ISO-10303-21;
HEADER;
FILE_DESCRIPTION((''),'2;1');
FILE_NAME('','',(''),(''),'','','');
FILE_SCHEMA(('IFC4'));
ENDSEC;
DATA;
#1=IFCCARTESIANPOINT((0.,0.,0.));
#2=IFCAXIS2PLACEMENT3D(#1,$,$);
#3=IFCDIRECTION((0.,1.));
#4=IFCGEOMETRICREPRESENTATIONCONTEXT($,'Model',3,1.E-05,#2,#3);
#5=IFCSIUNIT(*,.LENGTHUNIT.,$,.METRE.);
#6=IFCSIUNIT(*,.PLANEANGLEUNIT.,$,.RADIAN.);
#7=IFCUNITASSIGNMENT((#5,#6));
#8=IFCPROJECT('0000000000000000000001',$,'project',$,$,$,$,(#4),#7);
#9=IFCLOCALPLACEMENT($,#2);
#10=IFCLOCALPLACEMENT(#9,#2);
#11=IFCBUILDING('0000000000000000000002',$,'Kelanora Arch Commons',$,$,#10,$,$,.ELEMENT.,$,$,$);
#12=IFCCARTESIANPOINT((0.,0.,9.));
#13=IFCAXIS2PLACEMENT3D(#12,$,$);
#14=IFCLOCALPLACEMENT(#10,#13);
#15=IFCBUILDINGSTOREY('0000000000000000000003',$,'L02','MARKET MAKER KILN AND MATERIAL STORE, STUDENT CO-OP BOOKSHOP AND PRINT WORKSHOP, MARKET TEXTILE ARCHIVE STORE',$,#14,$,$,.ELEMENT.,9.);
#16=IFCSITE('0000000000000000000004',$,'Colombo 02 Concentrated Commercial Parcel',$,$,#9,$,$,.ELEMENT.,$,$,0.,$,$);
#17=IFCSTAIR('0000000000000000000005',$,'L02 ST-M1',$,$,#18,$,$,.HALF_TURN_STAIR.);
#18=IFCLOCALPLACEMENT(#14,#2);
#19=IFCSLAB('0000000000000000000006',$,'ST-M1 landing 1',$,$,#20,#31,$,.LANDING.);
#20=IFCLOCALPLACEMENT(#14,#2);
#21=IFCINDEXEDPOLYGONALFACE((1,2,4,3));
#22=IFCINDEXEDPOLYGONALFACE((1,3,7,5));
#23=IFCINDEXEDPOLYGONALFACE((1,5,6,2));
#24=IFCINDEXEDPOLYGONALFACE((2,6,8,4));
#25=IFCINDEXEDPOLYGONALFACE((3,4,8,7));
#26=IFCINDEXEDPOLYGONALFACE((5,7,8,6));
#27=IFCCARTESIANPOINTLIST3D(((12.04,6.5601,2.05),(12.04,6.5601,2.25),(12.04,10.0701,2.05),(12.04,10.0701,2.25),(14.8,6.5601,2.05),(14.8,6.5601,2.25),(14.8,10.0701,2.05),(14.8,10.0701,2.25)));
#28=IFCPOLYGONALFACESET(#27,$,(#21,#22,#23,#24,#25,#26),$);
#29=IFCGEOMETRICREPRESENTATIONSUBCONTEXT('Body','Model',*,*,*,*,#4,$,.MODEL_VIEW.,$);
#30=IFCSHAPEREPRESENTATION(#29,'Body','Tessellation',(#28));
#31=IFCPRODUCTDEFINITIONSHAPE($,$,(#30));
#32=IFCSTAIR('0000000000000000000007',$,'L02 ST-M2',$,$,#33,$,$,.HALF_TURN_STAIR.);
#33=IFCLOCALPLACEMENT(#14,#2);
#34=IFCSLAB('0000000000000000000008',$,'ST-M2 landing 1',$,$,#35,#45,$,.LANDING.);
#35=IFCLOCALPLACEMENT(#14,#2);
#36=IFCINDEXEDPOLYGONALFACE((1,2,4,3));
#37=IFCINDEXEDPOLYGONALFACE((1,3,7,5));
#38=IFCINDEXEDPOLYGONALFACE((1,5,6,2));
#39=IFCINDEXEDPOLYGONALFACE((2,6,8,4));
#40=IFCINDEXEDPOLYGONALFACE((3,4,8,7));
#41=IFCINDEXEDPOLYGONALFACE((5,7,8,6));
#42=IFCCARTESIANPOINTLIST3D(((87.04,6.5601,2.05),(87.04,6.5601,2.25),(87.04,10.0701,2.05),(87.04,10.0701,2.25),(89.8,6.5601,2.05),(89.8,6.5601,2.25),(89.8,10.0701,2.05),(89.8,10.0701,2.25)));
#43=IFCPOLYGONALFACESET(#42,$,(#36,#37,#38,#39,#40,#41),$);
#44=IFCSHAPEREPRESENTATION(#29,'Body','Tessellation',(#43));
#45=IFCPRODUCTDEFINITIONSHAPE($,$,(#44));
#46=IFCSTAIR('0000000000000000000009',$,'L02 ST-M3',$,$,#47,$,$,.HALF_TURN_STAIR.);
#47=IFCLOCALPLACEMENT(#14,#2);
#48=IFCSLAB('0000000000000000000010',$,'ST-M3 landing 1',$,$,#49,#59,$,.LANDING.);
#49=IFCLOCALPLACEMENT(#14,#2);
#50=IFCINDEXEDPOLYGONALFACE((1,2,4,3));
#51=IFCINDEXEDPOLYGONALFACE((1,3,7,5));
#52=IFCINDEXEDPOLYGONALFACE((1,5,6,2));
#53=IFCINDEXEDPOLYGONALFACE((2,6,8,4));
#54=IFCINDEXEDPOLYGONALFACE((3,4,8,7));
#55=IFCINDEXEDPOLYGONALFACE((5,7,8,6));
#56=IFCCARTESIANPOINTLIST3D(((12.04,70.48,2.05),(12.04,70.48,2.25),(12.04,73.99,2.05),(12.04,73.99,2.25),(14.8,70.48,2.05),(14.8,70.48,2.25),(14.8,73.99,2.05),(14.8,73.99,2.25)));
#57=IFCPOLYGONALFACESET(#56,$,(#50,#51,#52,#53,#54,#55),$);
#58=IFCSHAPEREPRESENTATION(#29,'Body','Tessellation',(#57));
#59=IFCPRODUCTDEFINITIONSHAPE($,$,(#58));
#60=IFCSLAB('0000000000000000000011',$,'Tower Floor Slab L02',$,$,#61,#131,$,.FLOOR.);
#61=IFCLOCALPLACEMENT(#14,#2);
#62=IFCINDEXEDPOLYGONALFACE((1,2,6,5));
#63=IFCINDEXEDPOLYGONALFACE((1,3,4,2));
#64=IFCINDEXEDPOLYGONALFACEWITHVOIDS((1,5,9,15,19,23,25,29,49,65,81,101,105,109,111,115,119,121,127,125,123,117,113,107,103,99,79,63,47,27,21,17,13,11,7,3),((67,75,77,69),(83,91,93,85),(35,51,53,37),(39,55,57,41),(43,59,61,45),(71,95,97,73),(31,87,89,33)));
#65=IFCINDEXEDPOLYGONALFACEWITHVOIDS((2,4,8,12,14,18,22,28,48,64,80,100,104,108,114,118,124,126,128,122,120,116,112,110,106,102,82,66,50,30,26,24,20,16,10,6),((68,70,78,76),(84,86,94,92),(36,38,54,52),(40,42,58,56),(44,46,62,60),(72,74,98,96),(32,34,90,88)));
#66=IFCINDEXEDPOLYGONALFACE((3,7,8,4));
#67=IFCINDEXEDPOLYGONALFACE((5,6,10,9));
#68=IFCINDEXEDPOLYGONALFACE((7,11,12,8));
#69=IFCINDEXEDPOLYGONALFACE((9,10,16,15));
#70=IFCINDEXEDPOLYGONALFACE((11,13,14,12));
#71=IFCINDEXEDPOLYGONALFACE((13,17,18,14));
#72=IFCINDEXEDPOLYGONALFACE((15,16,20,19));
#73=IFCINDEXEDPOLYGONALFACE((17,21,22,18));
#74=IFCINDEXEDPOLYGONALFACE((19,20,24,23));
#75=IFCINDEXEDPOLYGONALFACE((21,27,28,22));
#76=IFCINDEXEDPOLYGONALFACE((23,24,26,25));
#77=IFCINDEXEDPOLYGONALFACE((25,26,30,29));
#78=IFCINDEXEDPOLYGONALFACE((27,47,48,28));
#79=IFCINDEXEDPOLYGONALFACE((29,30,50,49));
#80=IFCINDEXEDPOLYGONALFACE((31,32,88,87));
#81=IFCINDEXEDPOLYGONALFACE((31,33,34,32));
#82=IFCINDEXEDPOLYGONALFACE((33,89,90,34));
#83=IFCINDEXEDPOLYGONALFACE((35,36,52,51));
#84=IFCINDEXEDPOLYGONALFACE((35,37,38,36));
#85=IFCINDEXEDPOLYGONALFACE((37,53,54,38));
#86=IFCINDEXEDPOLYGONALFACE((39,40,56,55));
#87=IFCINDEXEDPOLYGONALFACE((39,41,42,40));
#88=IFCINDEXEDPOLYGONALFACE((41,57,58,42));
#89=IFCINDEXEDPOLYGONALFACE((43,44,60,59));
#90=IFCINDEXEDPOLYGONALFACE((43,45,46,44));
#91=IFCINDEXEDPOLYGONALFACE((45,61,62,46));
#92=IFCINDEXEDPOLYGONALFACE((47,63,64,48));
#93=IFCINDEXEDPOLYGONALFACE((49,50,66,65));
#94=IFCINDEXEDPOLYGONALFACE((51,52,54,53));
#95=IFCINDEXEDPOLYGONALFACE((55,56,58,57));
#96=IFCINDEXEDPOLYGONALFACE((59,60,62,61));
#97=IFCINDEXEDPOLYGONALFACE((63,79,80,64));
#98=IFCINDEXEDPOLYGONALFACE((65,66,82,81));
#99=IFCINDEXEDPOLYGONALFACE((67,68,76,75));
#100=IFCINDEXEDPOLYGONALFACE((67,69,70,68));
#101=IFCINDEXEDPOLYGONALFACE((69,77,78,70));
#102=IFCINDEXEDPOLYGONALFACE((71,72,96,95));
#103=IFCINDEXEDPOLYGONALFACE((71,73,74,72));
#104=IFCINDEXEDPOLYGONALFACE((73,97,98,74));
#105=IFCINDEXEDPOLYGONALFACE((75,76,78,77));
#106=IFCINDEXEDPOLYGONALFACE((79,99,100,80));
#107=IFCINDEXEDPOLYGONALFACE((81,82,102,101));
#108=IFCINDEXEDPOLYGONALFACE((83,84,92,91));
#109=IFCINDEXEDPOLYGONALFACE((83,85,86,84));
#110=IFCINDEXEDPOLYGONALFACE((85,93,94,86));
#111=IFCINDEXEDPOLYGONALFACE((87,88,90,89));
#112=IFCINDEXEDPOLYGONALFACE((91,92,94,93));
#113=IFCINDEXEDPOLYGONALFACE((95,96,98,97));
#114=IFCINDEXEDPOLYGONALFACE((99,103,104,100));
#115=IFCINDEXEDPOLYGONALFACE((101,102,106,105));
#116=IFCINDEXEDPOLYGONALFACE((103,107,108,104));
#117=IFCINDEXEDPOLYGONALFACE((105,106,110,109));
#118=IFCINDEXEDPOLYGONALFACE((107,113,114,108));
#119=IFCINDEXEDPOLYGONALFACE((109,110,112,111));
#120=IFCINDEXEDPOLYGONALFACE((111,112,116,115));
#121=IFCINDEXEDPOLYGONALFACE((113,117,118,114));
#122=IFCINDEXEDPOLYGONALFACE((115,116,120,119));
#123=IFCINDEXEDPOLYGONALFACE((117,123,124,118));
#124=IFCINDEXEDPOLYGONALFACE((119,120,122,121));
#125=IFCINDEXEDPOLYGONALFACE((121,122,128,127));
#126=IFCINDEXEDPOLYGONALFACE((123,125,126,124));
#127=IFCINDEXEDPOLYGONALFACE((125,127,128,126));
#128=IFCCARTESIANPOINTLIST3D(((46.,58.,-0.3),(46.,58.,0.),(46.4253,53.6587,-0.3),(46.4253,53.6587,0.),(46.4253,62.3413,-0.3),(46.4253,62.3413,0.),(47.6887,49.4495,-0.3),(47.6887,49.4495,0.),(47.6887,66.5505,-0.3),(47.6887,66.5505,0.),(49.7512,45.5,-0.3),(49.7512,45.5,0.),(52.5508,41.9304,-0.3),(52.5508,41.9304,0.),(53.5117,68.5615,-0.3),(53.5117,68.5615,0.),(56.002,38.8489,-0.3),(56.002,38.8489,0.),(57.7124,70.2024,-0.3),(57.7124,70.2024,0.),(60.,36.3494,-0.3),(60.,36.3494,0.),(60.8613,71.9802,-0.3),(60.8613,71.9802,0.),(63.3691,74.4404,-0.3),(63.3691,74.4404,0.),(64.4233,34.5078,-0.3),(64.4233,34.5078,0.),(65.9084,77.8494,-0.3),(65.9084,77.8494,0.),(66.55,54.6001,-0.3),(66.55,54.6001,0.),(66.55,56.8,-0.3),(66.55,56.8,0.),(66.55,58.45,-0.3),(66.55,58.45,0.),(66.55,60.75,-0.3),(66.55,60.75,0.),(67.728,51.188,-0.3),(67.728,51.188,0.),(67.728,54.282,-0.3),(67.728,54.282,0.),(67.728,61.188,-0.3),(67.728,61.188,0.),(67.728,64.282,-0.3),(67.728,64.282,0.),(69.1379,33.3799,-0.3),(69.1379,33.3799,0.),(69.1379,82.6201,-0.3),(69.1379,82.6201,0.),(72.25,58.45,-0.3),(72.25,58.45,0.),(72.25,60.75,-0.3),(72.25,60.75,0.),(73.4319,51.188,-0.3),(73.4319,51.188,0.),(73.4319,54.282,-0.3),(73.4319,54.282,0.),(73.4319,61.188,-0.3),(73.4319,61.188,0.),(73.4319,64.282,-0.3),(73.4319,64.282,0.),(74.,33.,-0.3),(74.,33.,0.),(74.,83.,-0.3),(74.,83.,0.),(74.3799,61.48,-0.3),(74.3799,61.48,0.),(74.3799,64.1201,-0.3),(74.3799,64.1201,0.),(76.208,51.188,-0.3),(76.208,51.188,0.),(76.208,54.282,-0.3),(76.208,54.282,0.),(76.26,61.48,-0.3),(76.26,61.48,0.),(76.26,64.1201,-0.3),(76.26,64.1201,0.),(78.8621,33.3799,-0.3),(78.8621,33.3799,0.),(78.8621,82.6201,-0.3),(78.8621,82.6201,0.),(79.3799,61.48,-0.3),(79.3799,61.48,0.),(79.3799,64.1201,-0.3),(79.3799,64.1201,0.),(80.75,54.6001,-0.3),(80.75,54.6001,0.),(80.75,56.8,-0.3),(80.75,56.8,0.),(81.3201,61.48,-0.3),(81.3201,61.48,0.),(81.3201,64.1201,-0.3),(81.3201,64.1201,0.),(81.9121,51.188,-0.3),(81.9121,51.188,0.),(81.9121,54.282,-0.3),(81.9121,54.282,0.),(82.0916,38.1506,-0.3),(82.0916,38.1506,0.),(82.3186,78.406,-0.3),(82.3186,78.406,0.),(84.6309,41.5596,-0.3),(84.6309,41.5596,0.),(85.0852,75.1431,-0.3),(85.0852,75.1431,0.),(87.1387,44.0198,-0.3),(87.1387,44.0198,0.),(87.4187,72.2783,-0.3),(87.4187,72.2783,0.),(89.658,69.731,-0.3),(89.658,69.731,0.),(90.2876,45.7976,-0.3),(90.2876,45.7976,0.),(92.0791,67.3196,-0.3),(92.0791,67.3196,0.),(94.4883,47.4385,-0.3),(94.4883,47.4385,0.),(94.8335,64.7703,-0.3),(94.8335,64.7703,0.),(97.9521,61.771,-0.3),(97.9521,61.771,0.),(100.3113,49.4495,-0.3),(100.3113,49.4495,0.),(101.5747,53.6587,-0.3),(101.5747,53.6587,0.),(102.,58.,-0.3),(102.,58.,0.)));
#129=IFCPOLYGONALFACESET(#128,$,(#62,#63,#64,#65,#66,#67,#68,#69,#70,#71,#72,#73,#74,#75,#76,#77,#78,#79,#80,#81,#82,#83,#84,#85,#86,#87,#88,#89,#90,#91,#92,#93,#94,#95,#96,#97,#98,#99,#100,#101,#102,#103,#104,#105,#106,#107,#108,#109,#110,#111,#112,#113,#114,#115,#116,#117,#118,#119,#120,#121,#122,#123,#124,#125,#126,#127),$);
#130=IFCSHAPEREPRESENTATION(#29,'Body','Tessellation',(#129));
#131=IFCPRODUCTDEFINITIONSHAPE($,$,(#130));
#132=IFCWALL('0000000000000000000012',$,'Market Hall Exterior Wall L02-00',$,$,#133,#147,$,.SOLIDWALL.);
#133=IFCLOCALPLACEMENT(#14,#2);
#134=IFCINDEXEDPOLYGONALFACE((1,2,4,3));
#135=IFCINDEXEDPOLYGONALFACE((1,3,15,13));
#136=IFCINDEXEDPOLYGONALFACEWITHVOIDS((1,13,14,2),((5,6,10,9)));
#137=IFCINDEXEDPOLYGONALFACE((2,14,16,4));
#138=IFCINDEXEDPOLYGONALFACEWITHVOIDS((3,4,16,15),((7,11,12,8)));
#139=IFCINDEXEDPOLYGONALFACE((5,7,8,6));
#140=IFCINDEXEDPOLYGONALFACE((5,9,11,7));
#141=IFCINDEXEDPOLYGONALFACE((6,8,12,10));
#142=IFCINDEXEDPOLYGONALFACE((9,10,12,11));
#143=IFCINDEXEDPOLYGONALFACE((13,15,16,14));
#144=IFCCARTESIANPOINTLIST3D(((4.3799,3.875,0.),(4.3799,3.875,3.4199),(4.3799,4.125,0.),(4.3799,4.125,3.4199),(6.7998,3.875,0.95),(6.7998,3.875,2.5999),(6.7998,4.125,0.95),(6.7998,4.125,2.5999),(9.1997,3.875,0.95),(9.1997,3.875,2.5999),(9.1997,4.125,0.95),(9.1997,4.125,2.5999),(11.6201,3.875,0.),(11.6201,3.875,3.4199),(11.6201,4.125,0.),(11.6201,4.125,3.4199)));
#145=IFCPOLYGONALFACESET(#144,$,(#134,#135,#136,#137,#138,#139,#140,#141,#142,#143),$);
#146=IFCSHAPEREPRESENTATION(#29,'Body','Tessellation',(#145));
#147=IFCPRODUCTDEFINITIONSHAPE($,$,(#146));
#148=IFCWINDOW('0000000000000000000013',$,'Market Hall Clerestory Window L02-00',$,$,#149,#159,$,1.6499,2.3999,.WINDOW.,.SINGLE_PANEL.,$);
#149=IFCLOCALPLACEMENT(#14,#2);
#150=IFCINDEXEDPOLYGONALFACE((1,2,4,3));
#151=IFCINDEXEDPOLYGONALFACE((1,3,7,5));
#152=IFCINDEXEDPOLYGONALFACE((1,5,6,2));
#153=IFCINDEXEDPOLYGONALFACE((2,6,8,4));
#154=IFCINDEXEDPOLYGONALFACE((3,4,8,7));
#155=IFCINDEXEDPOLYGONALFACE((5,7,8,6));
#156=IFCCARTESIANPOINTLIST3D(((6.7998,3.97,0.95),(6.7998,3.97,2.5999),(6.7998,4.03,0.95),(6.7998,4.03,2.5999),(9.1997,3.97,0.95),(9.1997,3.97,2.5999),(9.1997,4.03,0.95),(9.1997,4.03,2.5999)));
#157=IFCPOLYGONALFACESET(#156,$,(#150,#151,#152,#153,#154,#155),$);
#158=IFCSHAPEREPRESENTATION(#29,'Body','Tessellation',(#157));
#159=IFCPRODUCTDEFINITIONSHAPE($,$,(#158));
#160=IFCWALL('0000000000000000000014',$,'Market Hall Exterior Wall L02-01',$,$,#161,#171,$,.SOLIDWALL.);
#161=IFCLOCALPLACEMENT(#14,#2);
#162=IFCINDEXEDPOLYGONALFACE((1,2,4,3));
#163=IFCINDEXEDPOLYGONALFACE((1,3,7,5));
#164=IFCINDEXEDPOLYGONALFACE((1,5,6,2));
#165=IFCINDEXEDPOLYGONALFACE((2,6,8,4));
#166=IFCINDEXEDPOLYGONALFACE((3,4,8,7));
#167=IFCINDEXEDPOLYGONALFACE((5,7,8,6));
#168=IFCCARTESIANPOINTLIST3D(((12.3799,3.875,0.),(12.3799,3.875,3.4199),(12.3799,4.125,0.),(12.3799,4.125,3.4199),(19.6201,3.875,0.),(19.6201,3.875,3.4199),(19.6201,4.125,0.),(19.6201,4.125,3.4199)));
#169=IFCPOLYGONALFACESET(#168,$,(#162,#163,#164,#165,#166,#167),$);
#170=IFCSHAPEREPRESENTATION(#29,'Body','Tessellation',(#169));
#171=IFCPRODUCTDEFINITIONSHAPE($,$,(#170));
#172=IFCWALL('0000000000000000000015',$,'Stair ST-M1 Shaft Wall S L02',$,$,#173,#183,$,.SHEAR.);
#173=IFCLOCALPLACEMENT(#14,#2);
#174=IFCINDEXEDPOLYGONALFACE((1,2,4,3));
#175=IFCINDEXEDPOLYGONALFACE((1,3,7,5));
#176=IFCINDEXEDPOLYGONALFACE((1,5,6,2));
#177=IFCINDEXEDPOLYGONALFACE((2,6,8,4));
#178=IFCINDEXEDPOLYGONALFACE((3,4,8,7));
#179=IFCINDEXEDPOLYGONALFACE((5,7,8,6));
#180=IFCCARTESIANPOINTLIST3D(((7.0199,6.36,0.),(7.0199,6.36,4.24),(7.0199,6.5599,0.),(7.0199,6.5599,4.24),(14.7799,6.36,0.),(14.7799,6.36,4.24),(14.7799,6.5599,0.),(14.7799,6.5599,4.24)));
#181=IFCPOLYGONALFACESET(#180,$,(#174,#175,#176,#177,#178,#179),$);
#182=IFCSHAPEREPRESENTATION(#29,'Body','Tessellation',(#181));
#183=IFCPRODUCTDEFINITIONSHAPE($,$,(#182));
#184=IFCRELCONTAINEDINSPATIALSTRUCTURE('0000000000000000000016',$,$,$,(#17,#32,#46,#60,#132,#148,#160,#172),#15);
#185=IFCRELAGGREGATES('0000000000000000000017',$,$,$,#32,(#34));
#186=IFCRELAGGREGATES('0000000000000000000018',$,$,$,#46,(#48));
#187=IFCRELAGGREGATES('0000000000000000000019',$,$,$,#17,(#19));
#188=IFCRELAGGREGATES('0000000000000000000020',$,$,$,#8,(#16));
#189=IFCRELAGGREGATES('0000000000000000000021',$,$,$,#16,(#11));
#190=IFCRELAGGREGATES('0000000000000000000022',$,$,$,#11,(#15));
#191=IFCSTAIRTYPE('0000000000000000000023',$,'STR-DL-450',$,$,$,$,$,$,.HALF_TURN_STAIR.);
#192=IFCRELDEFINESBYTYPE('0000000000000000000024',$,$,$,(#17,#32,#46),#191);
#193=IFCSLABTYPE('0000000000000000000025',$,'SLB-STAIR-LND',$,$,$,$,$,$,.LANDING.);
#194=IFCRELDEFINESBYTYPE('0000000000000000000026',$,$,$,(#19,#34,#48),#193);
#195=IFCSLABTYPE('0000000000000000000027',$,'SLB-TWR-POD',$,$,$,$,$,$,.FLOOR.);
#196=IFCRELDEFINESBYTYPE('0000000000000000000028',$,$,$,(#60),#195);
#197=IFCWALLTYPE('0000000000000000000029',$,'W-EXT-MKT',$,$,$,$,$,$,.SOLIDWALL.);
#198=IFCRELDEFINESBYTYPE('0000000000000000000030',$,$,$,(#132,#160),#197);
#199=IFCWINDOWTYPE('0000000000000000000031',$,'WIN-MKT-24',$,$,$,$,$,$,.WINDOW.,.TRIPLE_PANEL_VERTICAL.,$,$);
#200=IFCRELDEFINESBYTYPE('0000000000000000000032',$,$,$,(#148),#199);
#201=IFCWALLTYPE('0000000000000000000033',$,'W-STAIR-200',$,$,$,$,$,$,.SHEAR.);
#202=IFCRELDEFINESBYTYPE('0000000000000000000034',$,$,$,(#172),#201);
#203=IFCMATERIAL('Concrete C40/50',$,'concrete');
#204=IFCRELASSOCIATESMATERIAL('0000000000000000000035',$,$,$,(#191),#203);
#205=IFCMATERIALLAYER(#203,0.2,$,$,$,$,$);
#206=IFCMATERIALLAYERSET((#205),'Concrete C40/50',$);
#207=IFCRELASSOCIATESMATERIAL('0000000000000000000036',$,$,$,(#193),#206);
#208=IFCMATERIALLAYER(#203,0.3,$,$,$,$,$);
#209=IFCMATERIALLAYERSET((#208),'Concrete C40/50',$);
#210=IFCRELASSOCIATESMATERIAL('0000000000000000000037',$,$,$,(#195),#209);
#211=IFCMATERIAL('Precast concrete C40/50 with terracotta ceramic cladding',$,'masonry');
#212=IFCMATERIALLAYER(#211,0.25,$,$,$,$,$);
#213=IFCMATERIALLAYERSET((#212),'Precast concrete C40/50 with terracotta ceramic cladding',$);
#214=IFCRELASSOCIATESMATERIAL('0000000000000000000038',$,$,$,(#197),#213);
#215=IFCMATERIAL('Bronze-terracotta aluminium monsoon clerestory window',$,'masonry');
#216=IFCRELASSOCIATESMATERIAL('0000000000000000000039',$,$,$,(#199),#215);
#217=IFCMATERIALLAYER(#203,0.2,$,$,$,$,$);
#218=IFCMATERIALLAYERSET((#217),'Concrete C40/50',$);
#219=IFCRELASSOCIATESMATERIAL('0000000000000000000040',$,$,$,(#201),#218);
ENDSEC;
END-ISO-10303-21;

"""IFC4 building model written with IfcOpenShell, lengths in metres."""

from ifc_helpers import new_model, si_unit, direction, frame, frame_2d, origin, place, context, subcontext, project, spatial, polyline, rectangle, outline, extrude, material, layer, layer_set, type_object, element, fill, aggregate, save


model = new_model("IFC4")

# Units and contexts
model_context = context("Model", 3, precision=1e-05, world=origin(), true_north=direction((0.0, 1.0)))
body_context = subcontext(model_context, "Body", "Model", "MODEL_VIEW")
ifc_project = project(units=[si_unit("LENGTHUNIT", "METRE"), si_unit("PLANEANGLEUNIT", "RADIAN")], contexts=[model_context])

# Site, building, storey
site_placement = place(None, origin())
site = spatial("IfcSite", under=ifc_project, at=site_placement, Name="Colombo 02 Concentrated Commercial Parcel", CompositionType="ELEMENT", RefElevation=0.0)
building_placement = place(site_placement, origin())
building = spatial("IfcBuilding", under=site, at=building_placement, Name="Kelanora Arch Commons", CompositionType="ELEMENT")
storey_placement = place(building_placement, frame((0.0, 0.0, 9.0)))
storey = spatial("IfcBuildingStorey", under=building, at=storey_placement, Name="L02", Description="MARKET MAKER KILN AND MATERIAL STORE, STUDENT CO-OP BOOKSHOP AND PRINT WORKSHOP, MARKET TEXTILE ARCHIVE STORE", CompositionType="ELEMENT", Elevation=9.0)

# Shared definitions
ifc_material_1 = material(Name="Concrete C40/50", Category="concrete")

# Stairs, slabs
stair_type = type_object("IfcStairType", Name="STR-DL-450", PredefinedType="HALF_TURN_STAIR", material=ifc_material_1)
ifc_layer_1 = layer(ifc_material_1, 0.2)
ifc_layer_set_1 = layer_set([ifc_layer_1], Name="Concrete C40/50")
slab_type_1 = type_object("IfcSlabType", Name="SLB-STAIR-LND", PredefinedType="LANDING", material=ifc_layer_set_1)
stair_1_placement = place(storey_placement, origin())
stair_1 = element("IfcStair", 1, at=stair_1_placement, inside=storey, type_object=stair_type, Name="L02 ST-M1", PredefinedType="HALF_TURN_STAIR")
slab_1_placement = place(storey_placement, frame((0.0, 0.0, 2.05)))
slab_1 = element("IfcSlab", 2, at=slab_1_placement, type_object=slab_type_1, Name="ST-M1 landing 1", PredefinedType="LANDING", context=body_context, shape_type="SweptSolid", body=[
    extrude(outline(polyline([(12.04, 6.5601), (14.8, 6.5601), (14.8, 10.0701), (12.04, 10.0701), (12.04, 6.5601)])), origin(), (0.0, 0.0, 1.0), 0.2),
])
stair_2_placement = place(storey_placement, origin())
stair_2 = element("IfcStair", 3, at=stair_2_placement, inside=storey, type_object=stair_type, Name="L02 ST-M2", PredefinedType="HALF_TURN_STAIR")
slab_2_placement = place(storey_placement, frame((0.0, 0.0, 2.05)))
slab_2 = element("IfcSlab", 4, at=slab_2_placement, type_object=slab_type_1, Name="ST-M2 landing 1", PredefinedType="LANDING", context=body_context, shape_type="SweptSolid", body=[
    extrude(outline(polyline([(87.04, 6.5601), (89.8, 6.5601), (89.8, 10.0701), (87.04, 10.0701), (87.04, 6.5601)])), origin(), (0.0, 0.0, 1.0), 0.2),
])
aggregate(stair_2, [slab_2])
stair_3_placement = place(storey_placement, origin())
stair_3 = element("IfcStair", 5, at=stair_3_placement, inside=storey, type_object=stair_type, Name="L02 ST-M3", PredefinedType="HALF_TURN_STAIR")
slab_3_placement = place(storey_placement, frame((0.0, 0.0, 2.05)))
slab_3 = element("IfcSlab", 6, at=slab_3_placement, type_object=slab_type_1, Name="ST-M3 landing 1", PredefinedType="LANDING", context=body_context, shape_type="SweptSolid", body=[
    extrude(outline(polyline([(12.04, 70.48), (14.8, 70.48), (14.8, 73.99), (12.04, 73.99), (12.04, 70.48)])), origin(), (0.0, 0.0, 1.0), 0.2),
])
aggregate(stair_3, [slab_3])

# Slab
ifc_layer_2 = layer(ifc_material_1, 0.3)
ifc_layer_set_2 = layer_set([ifc_layer_2], Name="Concrete C40/50")
slab_type_2 = type_object("IfcSlabType", Name="SLB-TWR-POD", PredefinedType="FLOOR", material=ifc_layer_set_2)
slab_4_placement = place(storey_placement, frame((0.0, 0.0, -0.3)))
element("IfcSlab", 7, at=slab_4_placement, inside=storey, type_object=slab_type_2, Name="Tower Floor Slab L02", PredefinedType="FLOOR", context=body_context, shape_type="SweptSolid", body=[
    extrude(outline(polyline([(102.0, 58.0), (97.9521, 61.771), (94.8335, 64.7703), (92.0791, 67.3196), (89.658, 69.731), (87.4187, 72.2783), (85.0852, 75.1431), (82.3186, 78.406), (78.8621, 82.6201), (74.0, 83.0), (69.1379, 82.6201), (65.9084, 77.8494), (63.3691, 74.4404), (60.8613, 71.9802), (57.7124, 70.2024), (53.5117, 68.5615), (47.6887, 66.5505), (46.4253, 62.3413), (46.0, 58.0), (46.4253, 53.6587), (47.6887, 49.4495), (49.7512, 45.5), (52.5508, 41.9304), (56.002, 38.8489), (60.0, 36.3494), (64.4233, 34.5078), (69.1379, 33.3799), (74.0, 33.0), (78.8621, 33.3799), (82.0916, 38.1506), (84.6309, 41.5596), (87.1387, 44.0198), (90.2876, 45.7976), (94.4883, 47.4385), (100.3113, 49.4495), (101.5747, 53.6587), (102.0, 58.0)]), holes=[polyline([(73.4319, 51.188), (67.728, 51.188), (67.728, 54.282), (73.4319, 54.282), (73.4319, 51.188)]), polyline([(76.208, 51.188), (76.208, 54.282), (81.9121, 54.282), (81.9121, 51.188), (76.208, 51.188)]), polyline([(66.55, 54.6001), (66.55, 56.8), (80.75, 56.8), (80.75, 54.6001), (66.55, 54.6001)]), polyline([(66.55, 58.45), (66.55, 60.75), (72.25, 60.75), (72.25, 58.45), (66.55, 58.45)]), polyline([(67.728, 61.188), (67.728, 64.282), (73.4319, 64.282), (73.4319, 61.188), (67.728, 61.188)]), polyline([(74.3799, 61.48), (74.3799, 64.1201), (76.26, 64.1201), (76.26, 61.48), (74.3799, 61.48)]), polyline([(79.3799, 61.48), (79.3799, 64.1201), (81.3201, 64.1201), (81.3201, 61.48), (79.3799, 61.48)])]), origin(), (0.0, 0.0, 1.0), 0.3),
])

# Wall, opening, window
ifc_material_2 = material(Name="Precast concrete C40/50 with terracotta ceramic cladding", Category="masonry")
ifc_layer_3 = layer(ifc_material_2, 0.25)
ifc_layer_set_3 = layer_set([ifc_layer_3], Name="Precast concrete C40/50 with terracotta ceramic cladding")
wall_type_1 = type_object("IfcWallType", Name="W-EXT-MKT", PredefinedType="SOLIDWALL", material=ifc_layer_set_3)
wall_1_placement = place(storey_placement, frame((4.3799, 4.0, 0.0), z_axis=(0.0, 0.0, 1.0), x_axis=(1.0, 0.0, 0.0)))
wall_1 = element("IfcWall", 8, at=wall_1_placement, inside=storey, type_object=wall_type_1, Name="Market Hall Exterior Wall L02-00", PredefinedType="SOLIDWALL", context=body_context, shape_type="SweptSolid", body=[
    extrude(rectangle(XDim=7.2402, YDim=0.25, at=frame_2d((3.6201, 0.0))), origin(), (0.0, 0.0, 1.0), 3.4199),
])
opening_placement = place(wall_1_placement, frame((2.4199, 0.0, 0.95)))
opening = element("IfcOpeningElement", 9, at=opening_placement, cuts=wall_1, PredefinedType="OPENING", context=body_context, shape_type="SweptSolid", body=[
    extrude(rectangle(XDim=2.3999, YDim=1.6499, at=frame_2d((1.2, 0.825))), frame((0.0, 0.135, 0.0), z_axis=(0.0, -1.0, 0.0), x_axis=(1.0, 0.0, 0.0)), (0.0, 0.0, 1.0), 0.27),
])
ifc_material_3 = material(Name="Bronze-terracotta aluminium monsoon clerestory window", Category="masonry")
window_type = type_object("IfcWindowType", Name="WIN-MKT-24", PartitioningType="TRIPLE_PANEL_VERTICAL", PredefinedType="WINDOW", material=ifc_material_3)
window_placement = place(opening_placement, origin())
window = element("IfcWindow", 10, at=window_placement, inside=storey, type_object=window_type, Name="Market Hall Clerestory Window L02-00", OverallHeight=1.6499, OverallWidth=2.3999, PartitioningType="SINGLE_PANEL", PredefinedType="WINDOW", context=body_context, shape_type="SweptSolid", body=[
    extrude(rectangle(XDim=2.3999, YDim=1.6499, at=frame_2d((1.2, 0.825))), frame((0.0, 0.03, 0.0), z_axis=(0.0, -1.0, 0.0), x_axis=(1.0, 0.0, 0.0)), (0.0, 0.0, 1.0), 0.0601),
])
fill(opening, window)

# Walls
wall_2_placement = place(storey_placement, frame((12.3799, 4.0, 0.0), z_axis=(0.0, 0.0, 1.0), x_axis=(1.0, 0.0, 0.0)))
element("IfcWall", 11, at=wall_2_placement, inside=storey, type_object=wall_type_1, Name="Market Hall Exterior Wall L02-01", PredefinedType="SOLIDWALL", context=body_context, shape_type="SweptSolid", body=[
    extrude(rectangle(XDim=7.2402, YDim=0.25, at=frame_2d((3.6201, 0.0))), origin(), (0.0, 0.0, 1.0), 3.4199),
])
ifc_layer_4 = layer(ifc_material_1, 0.2)
ifc_layer_set_4 = layer_set([ifc_layer_4], Name="Concrete C40/50")
wall_type_2 = type_object("IfcWallType", Name="W-STAIR-200", PredefinedType="SHEAR", material=ifc_layer_set_4)
wall_3_placement = place(storey_placement, frame((7.02, 6.46, 0.0), z_axis=(0.0, 0.0, 1.0), x_axis=(1.0, 0.0, 0.0)))
element("IfcWall", 12, at=wall_3_placement, inside=storey, type_object=wall_type_2, Name="Stair ST-M1 Shaft Wall S L02", PredefinedType="SHEAR", context=body_context, shape_type="SweptSolid", body=[
    extrude(rectangle(XDim=7.76, YDim=0.2, at=frame_2d((3.8799, 0.0))), origin(), (0.0, 0.0, 1.0), 4.24),
])

aggregate(stair_1, [slab_1])

save(model, "model.ifc")
